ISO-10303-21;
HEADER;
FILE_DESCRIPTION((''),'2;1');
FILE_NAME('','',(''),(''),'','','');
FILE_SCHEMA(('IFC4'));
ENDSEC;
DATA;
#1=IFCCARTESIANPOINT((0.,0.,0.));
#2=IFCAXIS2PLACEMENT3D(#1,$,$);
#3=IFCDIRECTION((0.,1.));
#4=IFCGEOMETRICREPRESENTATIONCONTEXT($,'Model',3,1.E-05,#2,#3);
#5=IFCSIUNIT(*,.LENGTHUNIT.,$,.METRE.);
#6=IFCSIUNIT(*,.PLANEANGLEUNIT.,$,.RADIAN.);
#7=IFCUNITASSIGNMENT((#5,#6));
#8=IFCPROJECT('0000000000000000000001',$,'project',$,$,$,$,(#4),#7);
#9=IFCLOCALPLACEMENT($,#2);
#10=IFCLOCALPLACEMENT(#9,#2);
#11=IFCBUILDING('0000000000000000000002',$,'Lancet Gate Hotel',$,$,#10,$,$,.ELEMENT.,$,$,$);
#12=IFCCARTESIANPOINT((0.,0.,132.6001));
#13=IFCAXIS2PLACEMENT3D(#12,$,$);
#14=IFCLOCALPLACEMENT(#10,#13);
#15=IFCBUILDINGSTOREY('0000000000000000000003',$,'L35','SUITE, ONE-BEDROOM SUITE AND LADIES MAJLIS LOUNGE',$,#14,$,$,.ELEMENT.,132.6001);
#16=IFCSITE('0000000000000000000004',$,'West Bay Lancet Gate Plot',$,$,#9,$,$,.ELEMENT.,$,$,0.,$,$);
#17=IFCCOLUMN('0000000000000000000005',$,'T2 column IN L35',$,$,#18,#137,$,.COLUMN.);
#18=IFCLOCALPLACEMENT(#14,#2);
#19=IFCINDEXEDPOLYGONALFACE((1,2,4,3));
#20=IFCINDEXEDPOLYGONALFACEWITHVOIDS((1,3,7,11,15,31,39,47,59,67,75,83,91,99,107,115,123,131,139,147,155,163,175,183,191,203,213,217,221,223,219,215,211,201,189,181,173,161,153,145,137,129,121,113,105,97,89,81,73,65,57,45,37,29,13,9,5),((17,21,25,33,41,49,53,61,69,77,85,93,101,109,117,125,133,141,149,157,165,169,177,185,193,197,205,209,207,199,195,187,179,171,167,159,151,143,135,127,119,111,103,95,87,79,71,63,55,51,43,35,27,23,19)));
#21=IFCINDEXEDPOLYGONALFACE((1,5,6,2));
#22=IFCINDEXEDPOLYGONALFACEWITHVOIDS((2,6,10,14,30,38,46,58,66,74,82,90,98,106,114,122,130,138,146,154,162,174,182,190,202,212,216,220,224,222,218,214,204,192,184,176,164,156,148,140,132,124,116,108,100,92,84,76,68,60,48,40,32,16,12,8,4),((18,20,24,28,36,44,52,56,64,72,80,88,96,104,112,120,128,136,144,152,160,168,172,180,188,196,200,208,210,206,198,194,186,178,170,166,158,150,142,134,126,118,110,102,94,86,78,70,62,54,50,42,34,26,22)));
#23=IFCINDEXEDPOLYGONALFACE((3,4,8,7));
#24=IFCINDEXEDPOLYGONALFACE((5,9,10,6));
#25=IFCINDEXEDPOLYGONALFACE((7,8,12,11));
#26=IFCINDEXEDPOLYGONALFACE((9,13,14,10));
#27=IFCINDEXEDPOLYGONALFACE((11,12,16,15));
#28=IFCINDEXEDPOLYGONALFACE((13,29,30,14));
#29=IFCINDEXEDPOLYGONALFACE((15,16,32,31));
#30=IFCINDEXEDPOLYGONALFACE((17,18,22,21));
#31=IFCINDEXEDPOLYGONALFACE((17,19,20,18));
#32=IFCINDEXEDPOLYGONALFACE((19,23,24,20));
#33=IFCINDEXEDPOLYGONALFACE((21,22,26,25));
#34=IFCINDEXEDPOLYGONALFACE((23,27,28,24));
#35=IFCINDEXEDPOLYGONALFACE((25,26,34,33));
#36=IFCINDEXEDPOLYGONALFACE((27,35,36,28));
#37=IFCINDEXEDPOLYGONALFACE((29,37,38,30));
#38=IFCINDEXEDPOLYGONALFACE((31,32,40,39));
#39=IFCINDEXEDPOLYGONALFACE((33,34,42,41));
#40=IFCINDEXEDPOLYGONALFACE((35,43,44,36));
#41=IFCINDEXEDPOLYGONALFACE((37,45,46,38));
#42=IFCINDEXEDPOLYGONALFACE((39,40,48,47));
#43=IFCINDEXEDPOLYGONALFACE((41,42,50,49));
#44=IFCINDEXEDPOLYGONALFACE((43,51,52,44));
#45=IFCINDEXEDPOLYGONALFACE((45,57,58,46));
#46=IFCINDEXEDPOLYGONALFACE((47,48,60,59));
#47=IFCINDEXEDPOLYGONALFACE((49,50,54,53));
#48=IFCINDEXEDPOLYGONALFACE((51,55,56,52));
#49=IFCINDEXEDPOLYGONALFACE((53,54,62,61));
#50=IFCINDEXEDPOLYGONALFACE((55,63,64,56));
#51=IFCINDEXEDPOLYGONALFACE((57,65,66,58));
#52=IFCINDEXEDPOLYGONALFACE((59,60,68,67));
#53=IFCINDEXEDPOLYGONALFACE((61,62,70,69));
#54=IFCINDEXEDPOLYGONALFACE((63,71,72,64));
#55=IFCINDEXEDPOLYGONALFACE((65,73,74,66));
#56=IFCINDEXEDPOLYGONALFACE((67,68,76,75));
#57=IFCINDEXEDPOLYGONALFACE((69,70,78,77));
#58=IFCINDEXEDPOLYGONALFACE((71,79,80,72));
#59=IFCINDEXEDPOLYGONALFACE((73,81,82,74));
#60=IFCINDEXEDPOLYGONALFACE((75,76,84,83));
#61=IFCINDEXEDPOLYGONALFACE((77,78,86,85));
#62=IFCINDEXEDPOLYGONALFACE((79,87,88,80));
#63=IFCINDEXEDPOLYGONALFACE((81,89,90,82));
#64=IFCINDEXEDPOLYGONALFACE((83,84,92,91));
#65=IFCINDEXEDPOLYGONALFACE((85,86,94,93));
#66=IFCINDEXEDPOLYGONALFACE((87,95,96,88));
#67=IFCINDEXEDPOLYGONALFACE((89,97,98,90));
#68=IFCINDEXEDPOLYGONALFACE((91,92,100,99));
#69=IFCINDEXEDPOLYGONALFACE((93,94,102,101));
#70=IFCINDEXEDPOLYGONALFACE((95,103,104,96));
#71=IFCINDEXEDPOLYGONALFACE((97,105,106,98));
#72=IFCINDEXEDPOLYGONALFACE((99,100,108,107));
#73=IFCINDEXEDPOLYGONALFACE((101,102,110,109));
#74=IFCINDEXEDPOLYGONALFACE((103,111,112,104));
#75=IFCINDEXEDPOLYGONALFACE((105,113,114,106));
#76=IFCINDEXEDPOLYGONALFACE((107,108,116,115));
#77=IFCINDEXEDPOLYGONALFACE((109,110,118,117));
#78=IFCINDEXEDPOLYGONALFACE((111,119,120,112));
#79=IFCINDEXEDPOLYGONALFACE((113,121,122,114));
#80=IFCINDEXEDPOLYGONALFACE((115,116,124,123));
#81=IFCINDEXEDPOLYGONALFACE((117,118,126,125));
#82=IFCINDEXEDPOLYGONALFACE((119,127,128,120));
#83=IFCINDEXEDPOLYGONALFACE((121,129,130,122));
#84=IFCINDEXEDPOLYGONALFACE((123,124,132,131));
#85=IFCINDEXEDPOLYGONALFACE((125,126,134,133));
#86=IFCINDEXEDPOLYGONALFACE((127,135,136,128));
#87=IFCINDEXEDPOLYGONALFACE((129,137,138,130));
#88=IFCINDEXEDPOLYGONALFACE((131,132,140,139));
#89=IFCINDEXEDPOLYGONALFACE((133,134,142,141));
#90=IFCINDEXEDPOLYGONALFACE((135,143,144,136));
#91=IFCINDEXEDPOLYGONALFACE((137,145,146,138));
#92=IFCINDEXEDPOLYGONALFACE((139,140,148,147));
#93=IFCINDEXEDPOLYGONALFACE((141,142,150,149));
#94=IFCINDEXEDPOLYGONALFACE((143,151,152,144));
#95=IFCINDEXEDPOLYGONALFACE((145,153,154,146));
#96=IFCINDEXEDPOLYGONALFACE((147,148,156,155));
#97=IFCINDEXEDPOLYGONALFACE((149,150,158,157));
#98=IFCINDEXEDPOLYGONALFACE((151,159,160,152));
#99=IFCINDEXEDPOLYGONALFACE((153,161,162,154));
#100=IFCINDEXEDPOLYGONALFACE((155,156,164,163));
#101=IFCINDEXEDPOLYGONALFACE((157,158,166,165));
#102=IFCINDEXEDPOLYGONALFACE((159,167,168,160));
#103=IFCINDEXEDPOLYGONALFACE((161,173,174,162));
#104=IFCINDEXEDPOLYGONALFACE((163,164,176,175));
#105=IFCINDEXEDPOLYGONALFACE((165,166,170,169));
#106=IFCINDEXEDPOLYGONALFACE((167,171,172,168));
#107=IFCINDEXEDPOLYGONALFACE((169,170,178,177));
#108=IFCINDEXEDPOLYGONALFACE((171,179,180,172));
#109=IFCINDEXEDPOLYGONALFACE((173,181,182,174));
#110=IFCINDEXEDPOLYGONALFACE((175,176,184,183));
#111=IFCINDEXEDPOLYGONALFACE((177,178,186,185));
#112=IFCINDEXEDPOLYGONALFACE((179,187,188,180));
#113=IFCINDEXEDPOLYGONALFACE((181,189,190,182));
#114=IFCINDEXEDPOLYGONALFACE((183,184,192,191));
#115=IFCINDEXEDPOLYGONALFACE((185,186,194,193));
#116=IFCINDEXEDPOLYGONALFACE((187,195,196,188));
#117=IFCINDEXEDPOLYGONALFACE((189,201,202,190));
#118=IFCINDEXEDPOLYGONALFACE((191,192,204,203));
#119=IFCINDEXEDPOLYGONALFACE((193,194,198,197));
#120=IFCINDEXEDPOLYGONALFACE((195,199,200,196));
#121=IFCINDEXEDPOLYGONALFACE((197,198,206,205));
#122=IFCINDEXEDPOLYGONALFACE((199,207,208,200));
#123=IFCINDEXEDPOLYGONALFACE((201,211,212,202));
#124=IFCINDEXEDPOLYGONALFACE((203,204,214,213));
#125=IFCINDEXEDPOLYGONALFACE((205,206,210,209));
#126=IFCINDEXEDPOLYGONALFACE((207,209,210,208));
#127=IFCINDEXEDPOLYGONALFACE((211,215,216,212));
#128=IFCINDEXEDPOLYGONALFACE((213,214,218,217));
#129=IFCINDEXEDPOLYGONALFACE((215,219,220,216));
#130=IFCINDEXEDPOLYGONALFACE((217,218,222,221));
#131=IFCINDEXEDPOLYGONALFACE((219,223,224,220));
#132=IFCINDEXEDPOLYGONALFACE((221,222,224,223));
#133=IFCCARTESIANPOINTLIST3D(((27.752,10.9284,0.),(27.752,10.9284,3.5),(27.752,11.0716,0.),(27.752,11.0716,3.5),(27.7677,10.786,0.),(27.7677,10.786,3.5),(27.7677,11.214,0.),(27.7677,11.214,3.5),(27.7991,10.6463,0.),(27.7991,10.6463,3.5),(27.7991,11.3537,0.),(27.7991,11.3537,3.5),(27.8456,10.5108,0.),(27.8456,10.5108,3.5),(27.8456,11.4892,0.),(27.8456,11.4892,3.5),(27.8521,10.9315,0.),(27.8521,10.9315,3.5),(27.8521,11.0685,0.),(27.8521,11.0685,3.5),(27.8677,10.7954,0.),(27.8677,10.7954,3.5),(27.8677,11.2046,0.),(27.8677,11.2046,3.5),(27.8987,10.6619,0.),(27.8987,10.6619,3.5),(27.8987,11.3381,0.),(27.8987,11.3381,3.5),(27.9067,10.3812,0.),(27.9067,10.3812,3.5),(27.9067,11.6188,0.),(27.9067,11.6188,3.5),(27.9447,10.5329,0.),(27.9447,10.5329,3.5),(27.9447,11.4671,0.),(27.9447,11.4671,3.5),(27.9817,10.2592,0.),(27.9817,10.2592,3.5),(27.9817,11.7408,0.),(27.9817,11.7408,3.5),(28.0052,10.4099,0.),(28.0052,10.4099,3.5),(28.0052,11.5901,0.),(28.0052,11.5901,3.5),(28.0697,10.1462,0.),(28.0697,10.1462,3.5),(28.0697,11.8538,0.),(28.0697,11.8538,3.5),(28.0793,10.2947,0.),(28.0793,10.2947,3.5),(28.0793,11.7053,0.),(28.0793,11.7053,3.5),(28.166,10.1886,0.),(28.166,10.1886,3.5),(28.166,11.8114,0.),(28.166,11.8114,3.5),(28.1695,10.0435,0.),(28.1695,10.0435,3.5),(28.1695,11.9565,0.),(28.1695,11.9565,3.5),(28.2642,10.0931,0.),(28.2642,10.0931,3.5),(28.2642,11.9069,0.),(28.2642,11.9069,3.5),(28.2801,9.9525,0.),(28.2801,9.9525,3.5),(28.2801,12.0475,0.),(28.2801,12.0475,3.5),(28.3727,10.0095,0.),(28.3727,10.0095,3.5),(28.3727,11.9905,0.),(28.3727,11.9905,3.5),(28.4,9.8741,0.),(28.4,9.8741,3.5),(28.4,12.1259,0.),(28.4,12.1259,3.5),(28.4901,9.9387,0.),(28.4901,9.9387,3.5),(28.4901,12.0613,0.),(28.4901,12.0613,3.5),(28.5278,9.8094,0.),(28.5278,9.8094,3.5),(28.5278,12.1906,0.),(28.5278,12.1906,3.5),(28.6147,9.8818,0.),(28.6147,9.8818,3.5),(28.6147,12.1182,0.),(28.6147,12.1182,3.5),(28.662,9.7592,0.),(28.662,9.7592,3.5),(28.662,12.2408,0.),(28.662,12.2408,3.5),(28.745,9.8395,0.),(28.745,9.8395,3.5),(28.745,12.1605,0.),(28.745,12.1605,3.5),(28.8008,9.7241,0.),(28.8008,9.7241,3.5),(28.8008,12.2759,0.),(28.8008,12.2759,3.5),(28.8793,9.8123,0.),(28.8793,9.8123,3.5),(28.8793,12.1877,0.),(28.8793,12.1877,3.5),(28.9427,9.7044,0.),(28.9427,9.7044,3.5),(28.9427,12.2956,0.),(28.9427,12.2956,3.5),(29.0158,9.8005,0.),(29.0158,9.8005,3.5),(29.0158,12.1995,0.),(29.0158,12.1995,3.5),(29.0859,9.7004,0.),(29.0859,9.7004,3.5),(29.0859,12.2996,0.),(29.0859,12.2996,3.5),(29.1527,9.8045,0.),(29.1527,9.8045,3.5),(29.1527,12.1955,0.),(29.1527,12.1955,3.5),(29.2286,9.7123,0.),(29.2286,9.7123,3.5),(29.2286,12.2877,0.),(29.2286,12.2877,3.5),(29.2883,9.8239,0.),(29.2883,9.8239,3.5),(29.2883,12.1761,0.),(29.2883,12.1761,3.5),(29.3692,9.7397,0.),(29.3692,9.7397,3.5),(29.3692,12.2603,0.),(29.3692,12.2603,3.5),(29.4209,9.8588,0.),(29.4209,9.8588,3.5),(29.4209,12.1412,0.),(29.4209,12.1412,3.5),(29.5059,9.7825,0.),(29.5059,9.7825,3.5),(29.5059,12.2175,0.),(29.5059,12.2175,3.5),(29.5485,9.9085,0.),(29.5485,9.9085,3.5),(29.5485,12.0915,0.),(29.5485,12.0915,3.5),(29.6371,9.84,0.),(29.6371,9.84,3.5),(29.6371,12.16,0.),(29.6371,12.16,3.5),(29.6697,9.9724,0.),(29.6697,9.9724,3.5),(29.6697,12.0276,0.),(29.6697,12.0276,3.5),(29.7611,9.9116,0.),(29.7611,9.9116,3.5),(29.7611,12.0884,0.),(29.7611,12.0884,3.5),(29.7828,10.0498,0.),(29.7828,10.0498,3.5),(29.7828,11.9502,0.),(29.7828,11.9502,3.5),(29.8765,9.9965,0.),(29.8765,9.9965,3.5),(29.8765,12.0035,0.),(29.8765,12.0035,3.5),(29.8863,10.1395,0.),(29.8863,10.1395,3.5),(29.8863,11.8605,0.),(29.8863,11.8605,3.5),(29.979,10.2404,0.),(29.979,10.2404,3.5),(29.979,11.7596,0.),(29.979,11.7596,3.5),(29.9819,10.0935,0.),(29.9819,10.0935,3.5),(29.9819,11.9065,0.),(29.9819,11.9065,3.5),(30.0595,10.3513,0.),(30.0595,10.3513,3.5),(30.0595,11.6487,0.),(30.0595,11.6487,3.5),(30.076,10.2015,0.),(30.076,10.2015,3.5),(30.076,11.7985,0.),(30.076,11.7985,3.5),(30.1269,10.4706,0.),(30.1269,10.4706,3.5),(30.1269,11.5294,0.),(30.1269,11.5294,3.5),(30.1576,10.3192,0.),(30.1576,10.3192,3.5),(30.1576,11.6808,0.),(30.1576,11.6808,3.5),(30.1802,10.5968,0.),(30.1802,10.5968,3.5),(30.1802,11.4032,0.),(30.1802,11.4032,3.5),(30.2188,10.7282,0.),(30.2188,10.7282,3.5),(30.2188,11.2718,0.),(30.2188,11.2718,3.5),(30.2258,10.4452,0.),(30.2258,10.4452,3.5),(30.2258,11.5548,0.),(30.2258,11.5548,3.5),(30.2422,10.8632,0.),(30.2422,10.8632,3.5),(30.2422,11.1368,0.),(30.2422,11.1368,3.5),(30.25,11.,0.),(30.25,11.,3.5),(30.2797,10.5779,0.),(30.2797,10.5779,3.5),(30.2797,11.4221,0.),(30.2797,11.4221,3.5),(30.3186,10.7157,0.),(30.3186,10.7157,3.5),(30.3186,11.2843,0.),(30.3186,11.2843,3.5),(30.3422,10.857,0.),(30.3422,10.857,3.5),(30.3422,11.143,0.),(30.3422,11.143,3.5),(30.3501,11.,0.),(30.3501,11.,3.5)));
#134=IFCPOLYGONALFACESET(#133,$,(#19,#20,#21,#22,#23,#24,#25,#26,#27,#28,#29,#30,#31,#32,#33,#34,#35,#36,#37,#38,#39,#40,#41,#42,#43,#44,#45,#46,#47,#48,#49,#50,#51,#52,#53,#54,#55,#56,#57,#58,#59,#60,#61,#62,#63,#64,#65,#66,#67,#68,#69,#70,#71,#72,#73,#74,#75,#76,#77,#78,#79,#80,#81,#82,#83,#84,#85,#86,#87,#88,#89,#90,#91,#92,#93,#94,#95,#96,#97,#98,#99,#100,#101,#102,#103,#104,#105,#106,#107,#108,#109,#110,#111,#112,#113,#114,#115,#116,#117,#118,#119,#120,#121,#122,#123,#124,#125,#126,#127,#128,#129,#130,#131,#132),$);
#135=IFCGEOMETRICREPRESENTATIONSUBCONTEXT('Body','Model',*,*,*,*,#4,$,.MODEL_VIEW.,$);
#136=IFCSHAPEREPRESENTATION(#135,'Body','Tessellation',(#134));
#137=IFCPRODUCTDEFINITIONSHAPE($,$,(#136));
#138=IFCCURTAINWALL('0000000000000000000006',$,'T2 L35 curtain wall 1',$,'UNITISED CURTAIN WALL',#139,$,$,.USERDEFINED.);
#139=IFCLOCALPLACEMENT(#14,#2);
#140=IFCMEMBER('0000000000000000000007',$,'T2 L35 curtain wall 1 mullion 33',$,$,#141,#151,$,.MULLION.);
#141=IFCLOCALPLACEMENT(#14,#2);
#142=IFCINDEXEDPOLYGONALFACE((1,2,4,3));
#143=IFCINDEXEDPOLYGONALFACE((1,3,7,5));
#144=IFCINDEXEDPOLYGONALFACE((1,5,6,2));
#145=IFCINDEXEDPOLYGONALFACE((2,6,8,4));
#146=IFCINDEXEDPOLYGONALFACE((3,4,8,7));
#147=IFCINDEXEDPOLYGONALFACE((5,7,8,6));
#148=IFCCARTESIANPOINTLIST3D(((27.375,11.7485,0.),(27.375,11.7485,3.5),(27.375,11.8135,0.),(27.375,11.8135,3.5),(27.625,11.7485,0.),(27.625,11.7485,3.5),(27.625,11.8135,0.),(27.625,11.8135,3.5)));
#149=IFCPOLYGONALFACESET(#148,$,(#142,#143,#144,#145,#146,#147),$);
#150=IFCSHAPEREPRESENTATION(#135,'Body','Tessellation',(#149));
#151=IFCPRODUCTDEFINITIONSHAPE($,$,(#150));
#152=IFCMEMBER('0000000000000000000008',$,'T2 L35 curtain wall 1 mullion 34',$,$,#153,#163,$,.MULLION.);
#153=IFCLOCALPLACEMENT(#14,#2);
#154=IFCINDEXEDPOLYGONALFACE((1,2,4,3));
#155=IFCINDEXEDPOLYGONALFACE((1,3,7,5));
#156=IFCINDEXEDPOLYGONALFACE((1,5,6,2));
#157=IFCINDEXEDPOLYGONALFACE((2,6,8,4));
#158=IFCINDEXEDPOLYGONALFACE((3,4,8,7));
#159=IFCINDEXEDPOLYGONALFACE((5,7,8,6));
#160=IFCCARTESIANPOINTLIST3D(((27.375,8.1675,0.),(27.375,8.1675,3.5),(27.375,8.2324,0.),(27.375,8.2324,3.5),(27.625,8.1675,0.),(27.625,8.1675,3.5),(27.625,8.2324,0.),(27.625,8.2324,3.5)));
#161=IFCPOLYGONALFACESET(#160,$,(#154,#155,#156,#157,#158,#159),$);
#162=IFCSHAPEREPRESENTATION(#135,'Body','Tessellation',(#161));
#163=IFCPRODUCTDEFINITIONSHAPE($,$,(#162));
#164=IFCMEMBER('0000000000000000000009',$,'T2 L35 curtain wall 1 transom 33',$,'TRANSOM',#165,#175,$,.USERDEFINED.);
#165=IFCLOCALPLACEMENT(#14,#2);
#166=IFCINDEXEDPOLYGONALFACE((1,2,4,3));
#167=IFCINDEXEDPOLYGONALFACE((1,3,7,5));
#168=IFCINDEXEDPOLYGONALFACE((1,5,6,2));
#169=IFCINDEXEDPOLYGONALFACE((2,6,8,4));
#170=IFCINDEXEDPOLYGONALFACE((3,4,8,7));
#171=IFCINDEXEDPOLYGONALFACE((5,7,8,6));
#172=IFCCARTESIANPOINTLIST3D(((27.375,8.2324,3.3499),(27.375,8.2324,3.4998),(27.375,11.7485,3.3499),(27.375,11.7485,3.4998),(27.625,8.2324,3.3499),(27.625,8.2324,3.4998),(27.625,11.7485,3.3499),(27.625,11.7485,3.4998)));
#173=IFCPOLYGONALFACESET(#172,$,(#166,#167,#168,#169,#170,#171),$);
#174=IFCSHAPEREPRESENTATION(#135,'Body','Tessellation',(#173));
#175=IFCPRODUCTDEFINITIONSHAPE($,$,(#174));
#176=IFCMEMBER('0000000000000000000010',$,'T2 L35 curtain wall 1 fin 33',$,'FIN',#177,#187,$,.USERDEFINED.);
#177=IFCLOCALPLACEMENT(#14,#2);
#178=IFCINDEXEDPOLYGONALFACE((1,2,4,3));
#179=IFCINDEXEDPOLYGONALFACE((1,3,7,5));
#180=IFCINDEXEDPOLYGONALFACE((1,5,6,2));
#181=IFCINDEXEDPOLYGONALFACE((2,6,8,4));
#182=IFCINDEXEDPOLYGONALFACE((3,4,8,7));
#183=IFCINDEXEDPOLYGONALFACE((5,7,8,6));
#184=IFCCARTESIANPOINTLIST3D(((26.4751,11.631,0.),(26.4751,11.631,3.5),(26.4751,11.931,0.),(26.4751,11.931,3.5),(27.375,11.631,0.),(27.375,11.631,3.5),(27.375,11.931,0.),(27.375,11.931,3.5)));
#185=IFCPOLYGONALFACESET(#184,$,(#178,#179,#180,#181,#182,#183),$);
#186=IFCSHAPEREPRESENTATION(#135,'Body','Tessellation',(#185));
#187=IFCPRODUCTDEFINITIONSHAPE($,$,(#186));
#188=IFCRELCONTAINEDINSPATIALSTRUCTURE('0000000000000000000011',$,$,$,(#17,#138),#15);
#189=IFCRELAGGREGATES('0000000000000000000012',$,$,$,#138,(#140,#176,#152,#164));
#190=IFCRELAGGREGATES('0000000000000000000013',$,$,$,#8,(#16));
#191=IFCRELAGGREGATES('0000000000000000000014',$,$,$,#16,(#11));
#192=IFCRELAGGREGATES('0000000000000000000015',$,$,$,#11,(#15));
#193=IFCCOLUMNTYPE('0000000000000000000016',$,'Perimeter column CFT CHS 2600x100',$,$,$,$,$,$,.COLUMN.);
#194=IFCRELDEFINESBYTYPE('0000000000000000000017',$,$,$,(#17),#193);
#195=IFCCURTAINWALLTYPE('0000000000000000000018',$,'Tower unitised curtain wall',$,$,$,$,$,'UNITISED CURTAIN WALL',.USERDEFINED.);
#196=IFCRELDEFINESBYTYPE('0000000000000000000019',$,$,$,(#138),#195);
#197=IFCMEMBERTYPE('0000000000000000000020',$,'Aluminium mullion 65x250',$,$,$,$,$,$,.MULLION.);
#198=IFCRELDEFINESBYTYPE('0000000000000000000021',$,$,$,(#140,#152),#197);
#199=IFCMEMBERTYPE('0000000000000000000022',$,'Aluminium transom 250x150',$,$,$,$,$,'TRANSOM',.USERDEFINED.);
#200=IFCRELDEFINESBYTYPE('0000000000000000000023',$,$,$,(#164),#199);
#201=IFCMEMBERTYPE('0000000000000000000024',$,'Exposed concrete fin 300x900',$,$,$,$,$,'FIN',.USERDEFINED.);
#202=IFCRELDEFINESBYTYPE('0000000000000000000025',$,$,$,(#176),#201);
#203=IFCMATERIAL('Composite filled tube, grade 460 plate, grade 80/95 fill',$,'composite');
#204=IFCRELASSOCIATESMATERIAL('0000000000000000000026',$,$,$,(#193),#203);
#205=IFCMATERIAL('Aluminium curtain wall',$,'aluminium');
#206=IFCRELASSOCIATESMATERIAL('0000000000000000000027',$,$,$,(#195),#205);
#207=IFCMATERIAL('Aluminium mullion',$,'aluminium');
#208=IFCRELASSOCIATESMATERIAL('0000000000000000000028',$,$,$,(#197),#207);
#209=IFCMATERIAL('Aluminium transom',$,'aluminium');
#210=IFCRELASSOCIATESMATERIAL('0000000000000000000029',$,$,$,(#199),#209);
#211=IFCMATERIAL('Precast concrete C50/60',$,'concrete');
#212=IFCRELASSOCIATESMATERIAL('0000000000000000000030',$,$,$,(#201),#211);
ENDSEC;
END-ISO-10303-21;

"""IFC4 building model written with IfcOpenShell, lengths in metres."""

from ifc_helpers import new_model, si_unit, direction, frame, origin, origin_2d, place, context, subcontext, project, spatial, rectangle, hollow_circle, extrude, material, material_profile, profile_set, type_object, element, aggregate, save


model = new_model("IFC4")

# Units and contexts
model_context = context("Model", 3, precision=1e-05, world=origin(), true_north=direction((0.0, 1.0)))
body_context = subcontext(model_context, "Body", "Model", "MODEL_VIEW")
ifc_project = project(units=[si_unit("LENGTHUNIT", "METRE"), si_unit("PLANEANGLEUNIT", "RADIAN")], contexts=[model_context])

# Site, building, storey
site_placement = place(None, origin())
site = spatial("IfcSite", under=ifc_project, at=site_placement, Name="West Bay Lancet Gate Plot", CompositionType="ELEMENT", RefElevation=0.0)
building_placement = place(site_placement, origin())
building = spatial("IfcBuilding", under=site, at=building_placement, Name="Lancet Gate Hotel", CompositionType="ELEMENT")
storey_placement = place(building_placement, frame((0.0, 0.0, 132.6001)))
storey = spatial("IfcBuildingStorey", under=building, at=storey_placement, Name="L35", Description="SUITE, ONE-BEDROOM SUITE AND LADIES MAJLIS LOUNGE", CompositionType="ELEMENT", Elevation=132.6001)

# Column
ifc_material_1 = material(Name="Composite filled tube, grade 460 plate, grade 80/95 fill", Category="composite")
ifc_material_profile_1 = material_profile(ifc_material_1, hollow_circle(Radius=1.3, WallThickness=0.1001, at=origin_2d()), Name="CHS 2600x100")
ifc_profile_set_1 = profile_set([ifc_material_profile_1], Name="Composite filled tube, grade 460 plate, grade 80/95 fill")
column_type = type_object("IfcColumnType", Name="Perimeter column CFT CHS 2600x100", PredefinedType="COLUMN", material=ifc_profile_set_1)
column_placement = place(storey_placement, frame((29.05, 11.0, 0.0), z_axis=(0.0, 0.0, 1.0), x_axis=(1.0, 0.0, 0.0)))
element("IfcColumn", 1, at=column_placement, inside=storey, type_object=column_type, Name="T2 column IN L35", PredefinedType="COLUMN", context=body_context, shape_type="SweptSolid", body=[
    extrude(hollow_circle(Radius=1.3, WallThickness=0.1001, at=origin_2d()), origin(), (0.0, 0.0, 1.0), 3.5),
])

# Curtain wall, members
ifc_material_2 = material(Name="Aluminium curtain wall", Category="aluminium")
curtain_wall_type = type_object("IfcCurtainWallType", Name="Tower unitised curtain wall", ElementType="UNITISED CURTAIN WALL", PredefinedType="USERDEFINED", material=ifc_material_2)
curtain_wall_placement = place(storey_placement, origin())
curtain_wall = element("IfcCurtainWall", 2, at=curtain_wall_placement, inside=storey, type_object=curtain_wall_type, Name="T2 L35 curtain wall 1", ObjectType="UNITISED CURTAIN WALL", PredefinedType="USERDEFINED")
ifc_material_3 = material(Name="Aluminium mullion", Category="aluminium")
ifc_material_profile_2 = material_profile(ifc_material_3, rectangle(XDim=0.0649, YDim=0.25, at=origin_2d()), Name="MULLION 65x250")
ifc_profile_set_2 = profile_set([ifc_material_profile_2], Name="Aluminium mullion")
member_type_1 = type_object("IfcMemberType", Name="Aluminium mullion 65x250", PredefinedType="MULLION", material=ifc_profile_set_2)
member_1_placement = place(storey_placement, frame((27.5, 11.781, 0.0), z_axis=(0.0, 0.0, 1.0), x_axis=(0.0, -1.0, 0.0)))
member_1 = element("IfcMember", 3, at=member_1_placement, type_object=member_type_1, Name="T2 L35 curtain wall 1 mullion 33", PredefinedType="MULLION", context=body_context, shape_type="SweptSolid", body=[
    extrude(rectangle(XDim=0.0649, YDim=0.25, at=origin_2d()), origin(), (0.0, 0.0, 1.0), 3.5),
])
member_2_placement = place(storey_placement, frame((27.5, 8.2, 0.0), z_axis=(0.0, 0.0, 1.0), x_axis=(0.0, -1.0, 0.0)))
member_2 = element("IfcMember", 4, at=member_2_placement, type_object=member_type_1, Name="T2 L35 curtain wall 1 mullion 34", PredefinedType="MULLION", context=body_context, shape_type="SweptSolid", body=[
    extrude(rectangle(XDim=0.0649, YDim=0.25, at=origin_2d()), origin(), (0.0, 0.0, 1.0), 3.5),
])
ifc_material_4 = material(Name="Aluminium transom", Category="aluminium")
ifc_material_profile_3 = material_profile(ifc_material_4, rectangle(XDim=0.25, YDim=0.1499, at=origin_2d()), Name="TRANSOM 250x150")
ifc_profile_set_3 = profile_set([ifc_material_profile_3], Name="Aluminium transom")
member_type_2 = type_object("IfcMemberType", Name="Aluminium transom 250x150", ElementType="TRANSOM", PredefinedType="USERDEFINED", material=ifc_profile_set_3)
member_3_placement = place(storey_placement, frame((27.5, 11.7485, 3.4248), z_axis=(0.0, -1.0, 0.0), x_axis=(1.0, 0.0, 0.0)))
member_3 = element("IfcMember", 5, at=member_3_placement, type_object=member_type_2, Name="T2 L35 curtain wall 1 transom 33", ObjectType="TRANSOM", PredefinedType="USERDEFINED", context=body_context, shape_type="SweptSolid", body=[
    extrude(rectangle(XDim=0.25, YDim=0.1499, at=origin_2d()), origin(), (0.0, 0.0, 1.0), 3.5161),
])
ifc_material_5 = material(Name="Precast concrete C50/60", Category="concrete")
ifc_material_profile_4 = material_profile(ifc_material_5, rectangle(XDim=0.3, YDim=0.8999, at=origin_2d()), Name="FIN 300x900")
ifc_profile_set_4 = profile_set([ifc_material_profile_4], Name="Precast concrete C50/60")
member_type_3 = type_object("IfcMemberType", Name="Exposed concrete fin 300x900", ElementType="FIN", PredefinedType="USERDEFINED", material=ifc_profile_set_4)
member_4_placement = place(storey_placement, frame((26.925, 11.781, 0.0), z_axis=(0.0, 0.0, 1.0), x_axis=(0.0, -1.0, 0.0)))
member_4 = element("IfcMember", 6, at=member_4_placement, type_object=member_type_3, Name="T2 L35 curtain wall 1 fin 33", ObjectType="FIN", PredefinedType="USERDEFINED", context=body_context, shape_type="SweptSolid", body=[
    extrude(rectangle(XDim=0.3, YDim=0.8999, at=origin_2d()), origin(), (0.0, 0.0, 1.0), 3.5),
])

aggregate(curtain_wall, [member_1, member_4, member_2, member_3])

save(model, "model.ifc")
